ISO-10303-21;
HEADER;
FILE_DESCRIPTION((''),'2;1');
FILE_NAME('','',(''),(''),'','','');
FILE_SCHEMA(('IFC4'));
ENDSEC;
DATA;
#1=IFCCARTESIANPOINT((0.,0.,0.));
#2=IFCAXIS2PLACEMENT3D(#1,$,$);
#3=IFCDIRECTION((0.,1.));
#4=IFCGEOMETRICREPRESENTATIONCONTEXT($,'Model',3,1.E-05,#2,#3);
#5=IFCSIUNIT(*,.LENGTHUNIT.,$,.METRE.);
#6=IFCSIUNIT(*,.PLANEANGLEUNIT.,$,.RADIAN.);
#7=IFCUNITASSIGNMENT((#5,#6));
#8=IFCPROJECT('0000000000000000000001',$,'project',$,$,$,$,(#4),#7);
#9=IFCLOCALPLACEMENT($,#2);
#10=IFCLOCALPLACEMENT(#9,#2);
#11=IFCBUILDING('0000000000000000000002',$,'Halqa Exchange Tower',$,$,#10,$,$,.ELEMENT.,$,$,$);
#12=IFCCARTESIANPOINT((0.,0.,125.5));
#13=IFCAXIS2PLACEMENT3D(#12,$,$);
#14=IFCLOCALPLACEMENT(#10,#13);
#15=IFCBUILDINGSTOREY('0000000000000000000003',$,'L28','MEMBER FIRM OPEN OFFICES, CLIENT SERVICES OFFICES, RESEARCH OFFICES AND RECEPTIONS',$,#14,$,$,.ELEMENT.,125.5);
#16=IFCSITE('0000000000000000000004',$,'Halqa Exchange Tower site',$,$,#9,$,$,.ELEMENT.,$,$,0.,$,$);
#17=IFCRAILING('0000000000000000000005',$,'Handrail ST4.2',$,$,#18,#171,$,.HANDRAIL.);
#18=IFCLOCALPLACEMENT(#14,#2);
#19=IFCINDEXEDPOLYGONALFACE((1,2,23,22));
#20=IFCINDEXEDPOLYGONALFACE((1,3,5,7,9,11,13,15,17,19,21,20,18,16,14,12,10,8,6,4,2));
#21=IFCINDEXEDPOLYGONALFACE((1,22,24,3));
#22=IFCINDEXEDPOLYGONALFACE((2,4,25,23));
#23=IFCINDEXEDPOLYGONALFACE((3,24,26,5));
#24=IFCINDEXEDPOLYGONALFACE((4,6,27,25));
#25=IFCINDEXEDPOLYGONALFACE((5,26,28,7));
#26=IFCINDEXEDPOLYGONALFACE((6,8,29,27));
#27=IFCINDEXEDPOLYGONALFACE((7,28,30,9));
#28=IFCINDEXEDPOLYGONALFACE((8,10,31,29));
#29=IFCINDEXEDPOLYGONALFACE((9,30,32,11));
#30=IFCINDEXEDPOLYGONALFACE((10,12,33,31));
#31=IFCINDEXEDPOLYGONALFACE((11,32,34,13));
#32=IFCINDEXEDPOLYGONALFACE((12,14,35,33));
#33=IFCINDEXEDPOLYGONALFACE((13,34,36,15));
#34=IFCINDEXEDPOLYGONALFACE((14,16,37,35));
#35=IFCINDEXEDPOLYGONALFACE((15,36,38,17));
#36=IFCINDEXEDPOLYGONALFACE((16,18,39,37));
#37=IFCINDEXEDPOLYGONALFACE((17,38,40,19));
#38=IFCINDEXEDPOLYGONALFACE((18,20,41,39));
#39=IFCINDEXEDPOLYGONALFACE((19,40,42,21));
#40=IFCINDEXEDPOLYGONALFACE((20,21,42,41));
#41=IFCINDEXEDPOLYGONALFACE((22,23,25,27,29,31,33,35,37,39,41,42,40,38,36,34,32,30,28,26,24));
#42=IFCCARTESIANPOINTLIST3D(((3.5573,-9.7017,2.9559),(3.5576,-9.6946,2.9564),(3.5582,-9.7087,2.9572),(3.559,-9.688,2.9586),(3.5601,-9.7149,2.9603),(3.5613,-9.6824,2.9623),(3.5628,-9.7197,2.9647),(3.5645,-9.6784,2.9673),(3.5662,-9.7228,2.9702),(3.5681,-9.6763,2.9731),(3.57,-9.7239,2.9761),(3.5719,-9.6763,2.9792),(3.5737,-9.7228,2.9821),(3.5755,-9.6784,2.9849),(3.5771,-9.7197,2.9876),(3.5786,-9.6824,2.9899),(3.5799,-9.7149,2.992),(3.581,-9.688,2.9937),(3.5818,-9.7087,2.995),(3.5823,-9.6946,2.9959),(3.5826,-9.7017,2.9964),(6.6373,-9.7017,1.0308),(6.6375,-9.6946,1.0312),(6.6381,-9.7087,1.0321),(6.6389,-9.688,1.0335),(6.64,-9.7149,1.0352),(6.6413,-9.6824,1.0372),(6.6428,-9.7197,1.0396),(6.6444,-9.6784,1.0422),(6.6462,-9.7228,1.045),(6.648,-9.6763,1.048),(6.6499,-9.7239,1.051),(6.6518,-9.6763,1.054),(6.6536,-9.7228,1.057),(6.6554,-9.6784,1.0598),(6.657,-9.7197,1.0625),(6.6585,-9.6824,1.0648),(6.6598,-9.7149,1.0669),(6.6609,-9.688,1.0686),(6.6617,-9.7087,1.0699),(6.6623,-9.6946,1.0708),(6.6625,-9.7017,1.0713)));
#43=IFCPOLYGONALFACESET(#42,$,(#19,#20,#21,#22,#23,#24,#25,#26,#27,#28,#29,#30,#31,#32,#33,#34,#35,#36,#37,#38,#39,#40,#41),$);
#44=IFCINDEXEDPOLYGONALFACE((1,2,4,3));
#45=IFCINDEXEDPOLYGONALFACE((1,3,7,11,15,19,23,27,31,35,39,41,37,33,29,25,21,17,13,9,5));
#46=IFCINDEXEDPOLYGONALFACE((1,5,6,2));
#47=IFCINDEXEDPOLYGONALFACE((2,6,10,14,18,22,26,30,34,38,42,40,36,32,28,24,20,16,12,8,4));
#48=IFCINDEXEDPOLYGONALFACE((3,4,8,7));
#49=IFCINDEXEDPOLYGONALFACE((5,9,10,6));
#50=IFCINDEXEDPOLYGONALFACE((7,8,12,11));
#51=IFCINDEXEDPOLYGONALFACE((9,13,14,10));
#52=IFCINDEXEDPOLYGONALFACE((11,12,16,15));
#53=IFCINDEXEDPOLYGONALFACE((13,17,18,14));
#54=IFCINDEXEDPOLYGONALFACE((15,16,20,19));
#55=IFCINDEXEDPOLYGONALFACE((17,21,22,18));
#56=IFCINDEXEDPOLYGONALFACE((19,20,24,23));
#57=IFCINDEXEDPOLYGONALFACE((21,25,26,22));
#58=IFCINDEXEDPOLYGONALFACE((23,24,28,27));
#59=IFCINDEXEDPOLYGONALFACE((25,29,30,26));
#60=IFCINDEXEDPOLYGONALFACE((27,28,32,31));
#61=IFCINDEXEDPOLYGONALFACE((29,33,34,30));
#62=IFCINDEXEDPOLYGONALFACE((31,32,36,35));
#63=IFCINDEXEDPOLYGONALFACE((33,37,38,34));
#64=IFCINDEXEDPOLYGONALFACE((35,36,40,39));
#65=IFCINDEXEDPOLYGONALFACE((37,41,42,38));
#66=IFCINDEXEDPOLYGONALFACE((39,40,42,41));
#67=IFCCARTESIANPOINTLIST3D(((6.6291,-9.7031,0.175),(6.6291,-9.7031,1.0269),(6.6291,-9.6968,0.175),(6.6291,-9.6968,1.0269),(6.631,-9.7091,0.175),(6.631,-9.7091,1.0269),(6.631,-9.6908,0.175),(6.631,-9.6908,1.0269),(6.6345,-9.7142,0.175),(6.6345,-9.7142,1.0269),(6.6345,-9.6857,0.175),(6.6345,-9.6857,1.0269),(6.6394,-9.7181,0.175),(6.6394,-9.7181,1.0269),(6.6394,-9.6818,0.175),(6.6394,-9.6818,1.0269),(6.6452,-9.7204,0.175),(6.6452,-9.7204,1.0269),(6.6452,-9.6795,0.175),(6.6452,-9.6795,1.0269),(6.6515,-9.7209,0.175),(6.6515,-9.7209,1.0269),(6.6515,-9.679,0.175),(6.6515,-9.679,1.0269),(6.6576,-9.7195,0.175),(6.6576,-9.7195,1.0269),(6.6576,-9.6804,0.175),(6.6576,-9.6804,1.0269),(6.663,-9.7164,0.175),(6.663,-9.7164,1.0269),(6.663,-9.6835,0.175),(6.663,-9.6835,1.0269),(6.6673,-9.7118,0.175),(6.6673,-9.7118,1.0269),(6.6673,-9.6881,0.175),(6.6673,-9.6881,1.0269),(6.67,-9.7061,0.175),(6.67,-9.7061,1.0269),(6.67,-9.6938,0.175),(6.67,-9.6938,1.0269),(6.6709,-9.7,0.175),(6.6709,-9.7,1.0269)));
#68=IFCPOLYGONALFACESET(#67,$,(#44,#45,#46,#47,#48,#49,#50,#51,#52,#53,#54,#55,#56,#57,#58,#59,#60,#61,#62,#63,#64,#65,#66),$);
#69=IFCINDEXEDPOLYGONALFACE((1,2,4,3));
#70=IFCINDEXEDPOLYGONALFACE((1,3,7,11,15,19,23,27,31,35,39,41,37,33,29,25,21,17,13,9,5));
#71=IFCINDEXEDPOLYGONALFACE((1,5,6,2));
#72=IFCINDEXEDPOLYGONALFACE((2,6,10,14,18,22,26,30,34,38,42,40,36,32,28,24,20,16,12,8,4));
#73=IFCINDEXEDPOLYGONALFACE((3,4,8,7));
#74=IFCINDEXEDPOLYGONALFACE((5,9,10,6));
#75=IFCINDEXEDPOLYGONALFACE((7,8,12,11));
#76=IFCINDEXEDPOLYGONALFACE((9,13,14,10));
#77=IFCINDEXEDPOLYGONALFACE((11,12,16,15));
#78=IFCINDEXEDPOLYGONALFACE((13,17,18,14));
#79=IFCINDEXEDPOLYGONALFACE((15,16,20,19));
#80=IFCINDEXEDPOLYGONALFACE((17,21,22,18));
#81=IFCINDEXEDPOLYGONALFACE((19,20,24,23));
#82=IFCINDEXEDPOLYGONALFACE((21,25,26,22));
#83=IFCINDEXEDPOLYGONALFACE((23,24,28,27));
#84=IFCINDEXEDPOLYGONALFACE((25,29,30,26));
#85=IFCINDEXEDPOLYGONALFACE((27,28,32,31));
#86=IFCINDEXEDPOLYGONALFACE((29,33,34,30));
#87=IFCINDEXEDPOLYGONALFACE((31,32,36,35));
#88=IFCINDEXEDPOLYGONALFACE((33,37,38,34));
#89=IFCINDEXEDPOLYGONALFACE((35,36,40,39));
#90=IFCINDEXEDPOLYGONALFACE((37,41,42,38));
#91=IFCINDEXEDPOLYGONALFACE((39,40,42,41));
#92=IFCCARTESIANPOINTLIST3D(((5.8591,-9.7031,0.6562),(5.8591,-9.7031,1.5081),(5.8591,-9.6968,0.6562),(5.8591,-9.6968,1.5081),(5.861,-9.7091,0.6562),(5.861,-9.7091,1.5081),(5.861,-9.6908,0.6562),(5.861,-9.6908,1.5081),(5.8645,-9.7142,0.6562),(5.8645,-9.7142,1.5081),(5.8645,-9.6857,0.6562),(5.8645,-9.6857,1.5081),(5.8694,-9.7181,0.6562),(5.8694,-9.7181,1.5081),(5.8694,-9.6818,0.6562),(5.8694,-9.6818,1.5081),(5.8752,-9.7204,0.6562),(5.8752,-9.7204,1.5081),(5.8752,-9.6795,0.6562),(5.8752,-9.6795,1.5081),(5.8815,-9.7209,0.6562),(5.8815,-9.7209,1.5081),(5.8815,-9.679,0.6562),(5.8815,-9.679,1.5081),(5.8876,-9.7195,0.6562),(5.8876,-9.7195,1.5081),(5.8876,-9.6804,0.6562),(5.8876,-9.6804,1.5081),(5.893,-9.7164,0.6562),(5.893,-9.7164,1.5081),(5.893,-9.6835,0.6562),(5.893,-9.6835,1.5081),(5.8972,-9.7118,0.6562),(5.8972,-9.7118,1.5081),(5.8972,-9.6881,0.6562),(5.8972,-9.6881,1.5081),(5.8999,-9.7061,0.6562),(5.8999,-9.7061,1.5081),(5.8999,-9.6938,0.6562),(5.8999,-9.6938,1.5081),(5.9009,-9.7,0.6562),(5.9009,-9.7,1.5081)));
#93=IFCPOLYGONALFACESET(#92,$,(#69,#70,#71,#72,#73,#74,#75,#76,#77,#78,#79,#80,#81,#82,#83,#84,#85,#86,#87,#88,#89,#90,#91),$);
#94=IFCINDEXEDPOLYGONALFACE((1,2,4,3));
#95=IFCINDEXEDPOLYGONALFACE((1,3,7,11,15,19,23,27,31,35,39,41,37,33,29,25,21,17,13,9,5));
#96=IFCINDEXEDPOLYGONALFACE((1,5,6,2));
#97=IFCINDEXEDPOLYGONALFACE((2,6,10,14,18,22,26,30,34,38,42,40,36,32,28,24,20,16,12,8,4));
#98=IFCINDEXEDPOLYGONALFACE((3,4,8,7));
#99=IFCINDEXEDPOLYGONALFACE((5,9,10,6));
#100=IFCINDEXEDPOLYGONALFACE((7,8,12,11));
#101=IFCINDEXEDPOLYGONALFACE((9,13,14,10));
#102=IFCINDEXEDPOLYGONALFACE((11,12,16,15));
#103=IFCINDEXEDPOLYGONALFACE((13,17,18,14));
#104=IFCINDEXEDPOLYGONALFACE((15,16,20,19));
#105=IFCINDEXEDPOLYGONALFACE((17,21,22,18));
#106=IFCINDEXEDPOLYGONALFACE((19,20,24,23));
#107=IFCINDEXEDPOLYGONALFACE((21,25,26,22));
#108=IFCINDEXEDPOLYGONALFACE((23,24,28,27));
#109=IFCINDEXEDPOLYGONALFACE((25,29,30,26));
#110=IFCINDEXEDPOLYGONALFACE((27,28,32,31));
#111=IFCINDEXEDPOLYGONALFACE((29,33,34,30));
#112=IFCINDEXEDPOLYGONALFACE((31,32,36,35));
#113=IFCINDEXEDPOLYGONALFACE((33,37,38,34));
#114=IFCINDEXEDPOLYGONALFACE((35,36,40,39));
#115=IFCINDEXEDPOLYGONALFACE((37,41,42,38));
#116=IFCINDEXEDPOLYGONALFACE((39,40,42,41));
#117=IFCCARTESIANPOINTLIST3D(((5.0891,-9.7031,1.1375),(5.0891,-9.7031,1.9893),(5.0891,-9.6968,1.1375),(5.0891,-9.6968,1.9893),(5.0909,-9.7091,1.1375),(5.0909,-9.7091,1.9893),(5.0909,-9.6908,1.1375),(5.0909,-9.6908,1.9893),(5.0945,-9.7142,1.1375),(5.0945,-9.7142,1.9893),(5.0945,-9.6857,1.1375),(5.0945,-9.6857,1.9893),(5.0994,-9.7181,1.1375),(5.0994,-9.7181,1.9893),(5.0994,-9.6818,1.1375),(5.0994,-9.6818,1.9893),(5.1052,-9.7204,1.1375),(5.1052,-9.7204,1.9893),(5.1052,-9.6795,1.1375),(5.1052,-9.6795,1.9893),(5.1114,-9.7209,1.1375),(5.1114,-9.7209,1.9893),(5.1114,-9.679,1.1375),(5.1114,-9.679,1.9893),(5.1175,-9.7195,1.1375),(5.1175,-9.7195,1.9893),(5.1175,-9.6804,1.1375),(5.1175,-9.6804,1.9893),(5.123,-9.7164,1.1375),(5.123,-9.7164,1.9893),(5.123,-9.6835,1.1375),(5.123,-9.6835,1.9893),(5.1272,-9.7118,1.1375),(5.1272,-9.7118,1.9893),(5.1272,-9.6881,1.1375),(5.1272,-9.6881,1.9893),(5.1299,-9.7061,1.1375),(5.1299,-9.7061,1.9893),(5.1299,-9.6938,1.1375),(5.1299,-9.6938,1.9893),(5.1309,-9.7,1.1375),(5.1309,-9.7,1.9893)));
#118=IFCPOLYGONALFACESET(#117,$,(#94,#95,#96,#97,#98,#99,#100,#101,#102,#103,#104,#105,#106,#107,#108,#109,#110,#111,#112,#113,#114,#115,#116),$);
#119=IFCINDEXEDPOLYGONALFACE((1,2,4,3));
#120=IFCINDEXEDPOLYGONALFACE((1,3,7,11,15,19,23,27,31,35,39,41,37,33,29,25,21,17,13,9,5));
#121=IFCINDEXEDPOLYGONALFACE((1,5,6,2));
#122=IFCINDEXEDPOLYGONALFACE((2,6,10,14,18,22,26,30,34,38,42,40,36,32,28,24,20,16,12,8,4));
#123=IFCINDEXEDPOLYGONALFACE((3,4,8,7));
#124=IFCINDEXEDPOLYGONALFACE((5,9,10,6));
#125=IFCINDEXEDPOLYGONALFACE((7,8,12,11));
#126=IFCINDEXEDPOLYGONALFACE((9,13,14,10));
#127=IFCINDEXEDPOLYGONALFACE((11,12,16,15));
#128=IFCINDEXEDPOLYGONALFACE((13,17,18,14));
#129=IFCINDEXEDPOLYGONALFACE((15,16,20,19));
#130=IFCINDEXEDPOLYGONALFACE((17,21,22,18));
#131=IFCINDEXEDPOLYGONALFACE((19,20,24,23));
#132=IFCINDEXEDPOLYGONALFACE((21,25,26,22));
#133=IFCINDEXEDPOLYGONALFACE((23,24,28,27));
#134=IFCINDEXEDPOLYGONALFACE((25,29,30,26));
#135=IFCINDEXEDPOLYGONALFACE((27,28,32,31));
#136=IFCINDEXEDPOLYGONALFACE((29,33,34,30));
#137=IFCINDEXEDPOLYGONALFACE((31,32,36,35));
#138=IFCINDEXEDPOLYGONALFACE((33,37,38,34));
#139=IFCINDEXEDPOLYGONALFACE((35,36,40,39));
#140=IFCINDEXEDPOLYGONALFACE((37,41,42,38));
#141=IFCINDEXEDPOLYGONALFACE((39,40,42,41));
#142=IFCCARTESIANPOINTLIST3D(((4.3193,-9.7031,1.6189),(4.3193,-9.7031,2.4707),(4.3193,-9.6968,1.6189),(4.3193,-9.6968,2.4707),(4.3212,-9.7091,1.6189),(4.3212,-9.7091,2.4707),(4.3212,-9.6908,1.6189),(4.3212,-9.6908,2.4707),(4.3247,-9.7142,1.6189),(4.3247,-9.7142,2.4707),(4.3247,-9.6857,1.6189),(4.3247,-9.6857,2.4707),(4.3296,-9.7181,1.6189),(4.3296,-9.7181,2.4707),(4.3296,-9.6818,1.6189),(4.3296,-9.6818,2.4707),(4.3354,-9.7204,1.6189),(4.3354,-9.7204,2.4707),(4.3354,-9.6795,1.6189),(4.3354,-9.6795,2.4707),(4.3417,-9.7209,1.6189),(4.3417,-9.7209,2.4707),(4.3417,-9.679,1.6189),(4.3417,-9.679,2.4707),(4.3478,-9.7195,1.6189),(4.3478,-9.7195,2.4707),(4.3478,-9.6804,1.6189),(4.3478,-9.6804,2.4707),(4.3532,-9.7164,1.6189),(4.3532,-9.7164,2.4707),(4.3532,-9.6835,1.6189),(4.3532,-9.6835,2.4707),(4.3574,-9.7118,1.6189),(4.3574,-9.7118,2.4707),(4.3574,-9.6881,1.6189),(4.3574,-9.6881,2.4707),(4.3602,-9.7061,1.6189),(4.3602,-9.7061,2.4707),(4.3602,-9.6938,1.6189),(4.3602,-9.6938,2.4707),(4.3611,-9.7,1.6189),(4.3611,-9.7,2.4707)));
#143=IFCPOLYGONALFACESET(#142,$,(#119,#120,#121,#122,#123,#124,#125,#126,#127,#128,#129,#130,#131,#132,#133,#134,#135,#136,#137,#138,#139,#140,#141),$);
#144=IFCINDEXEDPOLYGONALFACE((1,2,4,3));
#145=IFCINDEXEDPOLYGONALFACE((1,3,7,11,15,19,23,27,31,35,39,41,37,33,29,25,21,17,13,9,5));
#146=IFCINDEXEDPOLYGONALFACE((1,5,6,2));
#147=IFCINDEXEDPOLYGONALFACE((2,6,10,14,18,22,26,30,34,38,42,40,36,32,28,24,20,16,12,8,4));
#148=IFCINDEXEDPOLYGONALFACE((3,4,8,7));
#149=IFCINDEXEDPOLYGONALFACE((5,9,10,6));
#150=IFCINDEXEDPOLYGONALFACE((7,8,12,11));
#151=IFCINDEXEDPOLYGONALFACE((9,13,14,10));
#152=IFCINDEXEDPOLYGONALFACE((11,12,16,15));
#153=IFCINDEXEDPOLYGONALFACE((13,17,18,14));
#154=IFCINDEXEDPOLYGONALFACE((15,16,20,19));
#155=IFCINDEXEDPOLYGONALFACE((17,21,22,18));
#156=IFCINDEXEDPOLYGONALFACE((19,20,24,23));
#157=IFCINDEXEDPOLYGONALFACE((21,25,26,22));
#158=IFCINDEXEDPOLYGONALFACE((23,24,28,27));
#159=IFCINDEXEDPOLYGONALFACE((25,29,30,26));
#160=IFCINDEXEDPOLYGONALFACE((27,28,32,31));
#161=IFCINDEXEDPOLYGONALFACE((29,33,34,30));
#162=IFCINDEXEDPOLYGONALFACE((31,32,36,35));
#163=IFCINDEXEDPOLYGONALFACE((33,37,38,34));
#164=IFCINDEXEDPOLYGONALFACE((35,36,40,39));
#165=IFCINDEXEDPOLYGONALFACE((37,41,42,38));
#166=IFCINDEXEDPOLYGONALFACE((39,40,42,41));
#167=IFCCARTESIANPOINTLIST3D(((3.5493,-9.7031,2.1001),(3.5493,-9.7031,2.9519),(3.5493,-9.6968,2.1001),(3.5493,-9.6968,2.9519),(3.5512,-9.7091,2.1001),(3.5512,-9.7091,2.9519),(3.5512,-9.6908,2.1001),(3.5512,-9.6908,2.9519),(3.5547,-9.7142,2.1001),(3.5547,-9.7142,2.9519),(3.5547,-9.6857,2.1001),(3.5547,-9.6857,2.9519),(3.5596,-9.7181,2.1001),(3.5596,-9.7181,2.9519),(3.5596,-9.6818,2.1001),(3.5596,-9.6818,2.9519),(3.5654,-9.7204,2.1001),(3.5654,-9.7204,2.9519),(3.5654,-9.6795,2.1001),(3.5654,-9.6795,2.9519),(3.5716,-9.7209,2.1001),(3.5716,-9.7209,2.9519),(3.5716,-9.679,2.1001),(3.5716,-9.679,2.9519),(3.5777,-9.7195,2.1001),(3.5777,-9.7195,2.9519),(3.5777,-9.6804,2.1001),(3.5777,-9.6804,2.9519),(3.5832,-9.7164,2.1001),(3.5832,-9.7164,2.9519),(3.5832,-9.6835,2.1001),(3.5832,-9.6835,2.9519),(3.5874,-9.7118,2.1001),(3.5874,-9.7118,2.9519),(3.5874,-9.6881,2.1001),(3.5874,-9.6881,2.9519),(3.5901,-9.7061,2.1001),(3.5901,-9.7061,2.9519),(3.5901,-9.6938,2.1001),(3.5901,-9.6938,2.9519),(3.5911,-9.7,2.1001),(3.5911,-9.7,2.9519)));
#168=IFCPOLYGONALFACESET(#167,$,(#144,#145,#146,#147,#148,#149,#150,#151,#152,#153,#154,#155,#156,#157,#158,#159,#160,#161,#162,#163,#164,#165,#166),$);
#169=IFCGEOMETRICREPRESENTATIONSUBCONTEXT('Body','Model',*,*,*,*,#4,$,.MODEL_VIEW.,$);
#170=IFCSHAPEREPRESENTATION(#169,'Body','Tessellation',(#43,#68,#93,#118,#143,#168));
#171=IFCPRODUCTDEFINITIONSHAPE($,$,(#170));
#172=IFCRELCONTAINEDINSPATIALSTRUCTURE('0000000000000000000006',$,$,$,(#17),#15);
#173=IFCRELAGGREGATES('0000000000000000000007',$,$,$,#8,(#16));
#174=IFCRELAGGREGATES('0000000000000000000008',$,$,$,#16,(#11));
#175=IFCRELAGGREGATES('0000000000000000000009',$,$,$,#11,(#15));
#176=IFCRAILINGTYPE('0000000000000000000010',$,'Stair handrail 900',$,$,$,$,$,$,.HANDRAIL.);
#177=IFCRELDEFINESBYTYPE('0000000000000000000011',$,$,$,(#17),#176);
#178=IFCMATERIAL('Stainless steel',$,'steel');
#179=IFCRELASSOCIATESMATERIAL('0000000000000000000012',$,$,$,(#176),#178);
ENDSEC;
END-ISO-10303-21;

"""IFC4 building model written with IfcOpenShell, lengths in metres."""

from ifc_helpers import new_model, si_unit, direction, frame, origin, origin_2d, place, context, subcontext, project, spatial, circle, extrude, material, type_object, element, save


model = new_model("IFC4")

# Units and contexts
model_context = context("Model", 3, precision=1e-05, world=origin(), true_north=direction((0.0, 1.0)))
body_context = subcontext(model_context, "Body", "Model", "MODEL_VIEW")
ifc_project = project(units=[si_unit("LENGTHUNIT", "METRE"), si_unit("PLANEANGLEUNIT", "RADIAN")], contexts=[model_context])

# Site, building, storey
site_placement = place(None, origin())
site = spatial("IfcSite", under=ifc_project, at=site_placement, Name="Halqa Exchange Tower site", CompositionType="ELEMENT", RefElevation=0.0)
building_placement = place(site_placement, origin())
building = spatial("IfcBuilding", under=site, at=building_placement, Name="Halqa Exchange Tower", CompositionType="ELEMENT")
storey_placement = place(building_placement, frame((0.0, 0.0, 125.5)))
storey = spatial("IfcBuildingStorey", under=building, at=storey_placement, Name="L28", Description="MEMBER FIRM OPEN OFFICES, CLIENT SERVICES OFFICES, RESEARCH OFFICES AND RECEPTIONS", CompositionType="ELEMENT", Elevation=125.5)

# Railing
ifc_material_1 = material(Name="Stainless steel", Category="steel")
railing_type_1 = type_object("IfcRailingType", Name="Stair handrail 900", PredefinedType="HANDRAIL", material=ifc_material_1)
railing_1_placement = place(storey_placement, frame((6.6499, -9.7, 0.175)))
element("IfcRailing", 1, at=railing_1_placement, inside=storey, type_object=railing_type_1, Name="Handrail ST4.2", PredefinedType="HANDRAIL", context=body_context, shape_type="SweptSolid", body=[
    extrude(circle(Radius=0.0239, at=origin_2d()), frame((0.0, 0.0, 0.876), z_axis=(-0.847979, 0.0, 0.530029), x_axis=(0.0, -1.0, 0.0)), (0.0, 0.0, 1.0), 3.6321),
    extrude(circle(Radius=0.021, at=origin_2d()), origin(), (0.0, 0.0, 1.0), 0.8518),
    extrude(circle(Radius=0.021, at=origin_2d()), frame((-0.77, 0.0, 0.4812)), (0.0, 0.0, 1.0), 0.8518),
    extrude(circle(Radius=0.021, at=origin_2d()), frame((-1.54, 0.0, 0.9624)), (0.0, 0.0, 1.0), 0.8518),
    extrude(circle(Radius=0.021, at=origin_2d()), frame((-2.3098, 0.0, 1.4438)), (0.0, 0.0, 1.0), 0.8518),
    extrude(circle(Radius=0.021, at=origin_2d()), frame((-3.0798, 0.0, 1.925)), (0.0, 0.0, 1.0), 0.8518),
])

save(model, "model.ifc")
